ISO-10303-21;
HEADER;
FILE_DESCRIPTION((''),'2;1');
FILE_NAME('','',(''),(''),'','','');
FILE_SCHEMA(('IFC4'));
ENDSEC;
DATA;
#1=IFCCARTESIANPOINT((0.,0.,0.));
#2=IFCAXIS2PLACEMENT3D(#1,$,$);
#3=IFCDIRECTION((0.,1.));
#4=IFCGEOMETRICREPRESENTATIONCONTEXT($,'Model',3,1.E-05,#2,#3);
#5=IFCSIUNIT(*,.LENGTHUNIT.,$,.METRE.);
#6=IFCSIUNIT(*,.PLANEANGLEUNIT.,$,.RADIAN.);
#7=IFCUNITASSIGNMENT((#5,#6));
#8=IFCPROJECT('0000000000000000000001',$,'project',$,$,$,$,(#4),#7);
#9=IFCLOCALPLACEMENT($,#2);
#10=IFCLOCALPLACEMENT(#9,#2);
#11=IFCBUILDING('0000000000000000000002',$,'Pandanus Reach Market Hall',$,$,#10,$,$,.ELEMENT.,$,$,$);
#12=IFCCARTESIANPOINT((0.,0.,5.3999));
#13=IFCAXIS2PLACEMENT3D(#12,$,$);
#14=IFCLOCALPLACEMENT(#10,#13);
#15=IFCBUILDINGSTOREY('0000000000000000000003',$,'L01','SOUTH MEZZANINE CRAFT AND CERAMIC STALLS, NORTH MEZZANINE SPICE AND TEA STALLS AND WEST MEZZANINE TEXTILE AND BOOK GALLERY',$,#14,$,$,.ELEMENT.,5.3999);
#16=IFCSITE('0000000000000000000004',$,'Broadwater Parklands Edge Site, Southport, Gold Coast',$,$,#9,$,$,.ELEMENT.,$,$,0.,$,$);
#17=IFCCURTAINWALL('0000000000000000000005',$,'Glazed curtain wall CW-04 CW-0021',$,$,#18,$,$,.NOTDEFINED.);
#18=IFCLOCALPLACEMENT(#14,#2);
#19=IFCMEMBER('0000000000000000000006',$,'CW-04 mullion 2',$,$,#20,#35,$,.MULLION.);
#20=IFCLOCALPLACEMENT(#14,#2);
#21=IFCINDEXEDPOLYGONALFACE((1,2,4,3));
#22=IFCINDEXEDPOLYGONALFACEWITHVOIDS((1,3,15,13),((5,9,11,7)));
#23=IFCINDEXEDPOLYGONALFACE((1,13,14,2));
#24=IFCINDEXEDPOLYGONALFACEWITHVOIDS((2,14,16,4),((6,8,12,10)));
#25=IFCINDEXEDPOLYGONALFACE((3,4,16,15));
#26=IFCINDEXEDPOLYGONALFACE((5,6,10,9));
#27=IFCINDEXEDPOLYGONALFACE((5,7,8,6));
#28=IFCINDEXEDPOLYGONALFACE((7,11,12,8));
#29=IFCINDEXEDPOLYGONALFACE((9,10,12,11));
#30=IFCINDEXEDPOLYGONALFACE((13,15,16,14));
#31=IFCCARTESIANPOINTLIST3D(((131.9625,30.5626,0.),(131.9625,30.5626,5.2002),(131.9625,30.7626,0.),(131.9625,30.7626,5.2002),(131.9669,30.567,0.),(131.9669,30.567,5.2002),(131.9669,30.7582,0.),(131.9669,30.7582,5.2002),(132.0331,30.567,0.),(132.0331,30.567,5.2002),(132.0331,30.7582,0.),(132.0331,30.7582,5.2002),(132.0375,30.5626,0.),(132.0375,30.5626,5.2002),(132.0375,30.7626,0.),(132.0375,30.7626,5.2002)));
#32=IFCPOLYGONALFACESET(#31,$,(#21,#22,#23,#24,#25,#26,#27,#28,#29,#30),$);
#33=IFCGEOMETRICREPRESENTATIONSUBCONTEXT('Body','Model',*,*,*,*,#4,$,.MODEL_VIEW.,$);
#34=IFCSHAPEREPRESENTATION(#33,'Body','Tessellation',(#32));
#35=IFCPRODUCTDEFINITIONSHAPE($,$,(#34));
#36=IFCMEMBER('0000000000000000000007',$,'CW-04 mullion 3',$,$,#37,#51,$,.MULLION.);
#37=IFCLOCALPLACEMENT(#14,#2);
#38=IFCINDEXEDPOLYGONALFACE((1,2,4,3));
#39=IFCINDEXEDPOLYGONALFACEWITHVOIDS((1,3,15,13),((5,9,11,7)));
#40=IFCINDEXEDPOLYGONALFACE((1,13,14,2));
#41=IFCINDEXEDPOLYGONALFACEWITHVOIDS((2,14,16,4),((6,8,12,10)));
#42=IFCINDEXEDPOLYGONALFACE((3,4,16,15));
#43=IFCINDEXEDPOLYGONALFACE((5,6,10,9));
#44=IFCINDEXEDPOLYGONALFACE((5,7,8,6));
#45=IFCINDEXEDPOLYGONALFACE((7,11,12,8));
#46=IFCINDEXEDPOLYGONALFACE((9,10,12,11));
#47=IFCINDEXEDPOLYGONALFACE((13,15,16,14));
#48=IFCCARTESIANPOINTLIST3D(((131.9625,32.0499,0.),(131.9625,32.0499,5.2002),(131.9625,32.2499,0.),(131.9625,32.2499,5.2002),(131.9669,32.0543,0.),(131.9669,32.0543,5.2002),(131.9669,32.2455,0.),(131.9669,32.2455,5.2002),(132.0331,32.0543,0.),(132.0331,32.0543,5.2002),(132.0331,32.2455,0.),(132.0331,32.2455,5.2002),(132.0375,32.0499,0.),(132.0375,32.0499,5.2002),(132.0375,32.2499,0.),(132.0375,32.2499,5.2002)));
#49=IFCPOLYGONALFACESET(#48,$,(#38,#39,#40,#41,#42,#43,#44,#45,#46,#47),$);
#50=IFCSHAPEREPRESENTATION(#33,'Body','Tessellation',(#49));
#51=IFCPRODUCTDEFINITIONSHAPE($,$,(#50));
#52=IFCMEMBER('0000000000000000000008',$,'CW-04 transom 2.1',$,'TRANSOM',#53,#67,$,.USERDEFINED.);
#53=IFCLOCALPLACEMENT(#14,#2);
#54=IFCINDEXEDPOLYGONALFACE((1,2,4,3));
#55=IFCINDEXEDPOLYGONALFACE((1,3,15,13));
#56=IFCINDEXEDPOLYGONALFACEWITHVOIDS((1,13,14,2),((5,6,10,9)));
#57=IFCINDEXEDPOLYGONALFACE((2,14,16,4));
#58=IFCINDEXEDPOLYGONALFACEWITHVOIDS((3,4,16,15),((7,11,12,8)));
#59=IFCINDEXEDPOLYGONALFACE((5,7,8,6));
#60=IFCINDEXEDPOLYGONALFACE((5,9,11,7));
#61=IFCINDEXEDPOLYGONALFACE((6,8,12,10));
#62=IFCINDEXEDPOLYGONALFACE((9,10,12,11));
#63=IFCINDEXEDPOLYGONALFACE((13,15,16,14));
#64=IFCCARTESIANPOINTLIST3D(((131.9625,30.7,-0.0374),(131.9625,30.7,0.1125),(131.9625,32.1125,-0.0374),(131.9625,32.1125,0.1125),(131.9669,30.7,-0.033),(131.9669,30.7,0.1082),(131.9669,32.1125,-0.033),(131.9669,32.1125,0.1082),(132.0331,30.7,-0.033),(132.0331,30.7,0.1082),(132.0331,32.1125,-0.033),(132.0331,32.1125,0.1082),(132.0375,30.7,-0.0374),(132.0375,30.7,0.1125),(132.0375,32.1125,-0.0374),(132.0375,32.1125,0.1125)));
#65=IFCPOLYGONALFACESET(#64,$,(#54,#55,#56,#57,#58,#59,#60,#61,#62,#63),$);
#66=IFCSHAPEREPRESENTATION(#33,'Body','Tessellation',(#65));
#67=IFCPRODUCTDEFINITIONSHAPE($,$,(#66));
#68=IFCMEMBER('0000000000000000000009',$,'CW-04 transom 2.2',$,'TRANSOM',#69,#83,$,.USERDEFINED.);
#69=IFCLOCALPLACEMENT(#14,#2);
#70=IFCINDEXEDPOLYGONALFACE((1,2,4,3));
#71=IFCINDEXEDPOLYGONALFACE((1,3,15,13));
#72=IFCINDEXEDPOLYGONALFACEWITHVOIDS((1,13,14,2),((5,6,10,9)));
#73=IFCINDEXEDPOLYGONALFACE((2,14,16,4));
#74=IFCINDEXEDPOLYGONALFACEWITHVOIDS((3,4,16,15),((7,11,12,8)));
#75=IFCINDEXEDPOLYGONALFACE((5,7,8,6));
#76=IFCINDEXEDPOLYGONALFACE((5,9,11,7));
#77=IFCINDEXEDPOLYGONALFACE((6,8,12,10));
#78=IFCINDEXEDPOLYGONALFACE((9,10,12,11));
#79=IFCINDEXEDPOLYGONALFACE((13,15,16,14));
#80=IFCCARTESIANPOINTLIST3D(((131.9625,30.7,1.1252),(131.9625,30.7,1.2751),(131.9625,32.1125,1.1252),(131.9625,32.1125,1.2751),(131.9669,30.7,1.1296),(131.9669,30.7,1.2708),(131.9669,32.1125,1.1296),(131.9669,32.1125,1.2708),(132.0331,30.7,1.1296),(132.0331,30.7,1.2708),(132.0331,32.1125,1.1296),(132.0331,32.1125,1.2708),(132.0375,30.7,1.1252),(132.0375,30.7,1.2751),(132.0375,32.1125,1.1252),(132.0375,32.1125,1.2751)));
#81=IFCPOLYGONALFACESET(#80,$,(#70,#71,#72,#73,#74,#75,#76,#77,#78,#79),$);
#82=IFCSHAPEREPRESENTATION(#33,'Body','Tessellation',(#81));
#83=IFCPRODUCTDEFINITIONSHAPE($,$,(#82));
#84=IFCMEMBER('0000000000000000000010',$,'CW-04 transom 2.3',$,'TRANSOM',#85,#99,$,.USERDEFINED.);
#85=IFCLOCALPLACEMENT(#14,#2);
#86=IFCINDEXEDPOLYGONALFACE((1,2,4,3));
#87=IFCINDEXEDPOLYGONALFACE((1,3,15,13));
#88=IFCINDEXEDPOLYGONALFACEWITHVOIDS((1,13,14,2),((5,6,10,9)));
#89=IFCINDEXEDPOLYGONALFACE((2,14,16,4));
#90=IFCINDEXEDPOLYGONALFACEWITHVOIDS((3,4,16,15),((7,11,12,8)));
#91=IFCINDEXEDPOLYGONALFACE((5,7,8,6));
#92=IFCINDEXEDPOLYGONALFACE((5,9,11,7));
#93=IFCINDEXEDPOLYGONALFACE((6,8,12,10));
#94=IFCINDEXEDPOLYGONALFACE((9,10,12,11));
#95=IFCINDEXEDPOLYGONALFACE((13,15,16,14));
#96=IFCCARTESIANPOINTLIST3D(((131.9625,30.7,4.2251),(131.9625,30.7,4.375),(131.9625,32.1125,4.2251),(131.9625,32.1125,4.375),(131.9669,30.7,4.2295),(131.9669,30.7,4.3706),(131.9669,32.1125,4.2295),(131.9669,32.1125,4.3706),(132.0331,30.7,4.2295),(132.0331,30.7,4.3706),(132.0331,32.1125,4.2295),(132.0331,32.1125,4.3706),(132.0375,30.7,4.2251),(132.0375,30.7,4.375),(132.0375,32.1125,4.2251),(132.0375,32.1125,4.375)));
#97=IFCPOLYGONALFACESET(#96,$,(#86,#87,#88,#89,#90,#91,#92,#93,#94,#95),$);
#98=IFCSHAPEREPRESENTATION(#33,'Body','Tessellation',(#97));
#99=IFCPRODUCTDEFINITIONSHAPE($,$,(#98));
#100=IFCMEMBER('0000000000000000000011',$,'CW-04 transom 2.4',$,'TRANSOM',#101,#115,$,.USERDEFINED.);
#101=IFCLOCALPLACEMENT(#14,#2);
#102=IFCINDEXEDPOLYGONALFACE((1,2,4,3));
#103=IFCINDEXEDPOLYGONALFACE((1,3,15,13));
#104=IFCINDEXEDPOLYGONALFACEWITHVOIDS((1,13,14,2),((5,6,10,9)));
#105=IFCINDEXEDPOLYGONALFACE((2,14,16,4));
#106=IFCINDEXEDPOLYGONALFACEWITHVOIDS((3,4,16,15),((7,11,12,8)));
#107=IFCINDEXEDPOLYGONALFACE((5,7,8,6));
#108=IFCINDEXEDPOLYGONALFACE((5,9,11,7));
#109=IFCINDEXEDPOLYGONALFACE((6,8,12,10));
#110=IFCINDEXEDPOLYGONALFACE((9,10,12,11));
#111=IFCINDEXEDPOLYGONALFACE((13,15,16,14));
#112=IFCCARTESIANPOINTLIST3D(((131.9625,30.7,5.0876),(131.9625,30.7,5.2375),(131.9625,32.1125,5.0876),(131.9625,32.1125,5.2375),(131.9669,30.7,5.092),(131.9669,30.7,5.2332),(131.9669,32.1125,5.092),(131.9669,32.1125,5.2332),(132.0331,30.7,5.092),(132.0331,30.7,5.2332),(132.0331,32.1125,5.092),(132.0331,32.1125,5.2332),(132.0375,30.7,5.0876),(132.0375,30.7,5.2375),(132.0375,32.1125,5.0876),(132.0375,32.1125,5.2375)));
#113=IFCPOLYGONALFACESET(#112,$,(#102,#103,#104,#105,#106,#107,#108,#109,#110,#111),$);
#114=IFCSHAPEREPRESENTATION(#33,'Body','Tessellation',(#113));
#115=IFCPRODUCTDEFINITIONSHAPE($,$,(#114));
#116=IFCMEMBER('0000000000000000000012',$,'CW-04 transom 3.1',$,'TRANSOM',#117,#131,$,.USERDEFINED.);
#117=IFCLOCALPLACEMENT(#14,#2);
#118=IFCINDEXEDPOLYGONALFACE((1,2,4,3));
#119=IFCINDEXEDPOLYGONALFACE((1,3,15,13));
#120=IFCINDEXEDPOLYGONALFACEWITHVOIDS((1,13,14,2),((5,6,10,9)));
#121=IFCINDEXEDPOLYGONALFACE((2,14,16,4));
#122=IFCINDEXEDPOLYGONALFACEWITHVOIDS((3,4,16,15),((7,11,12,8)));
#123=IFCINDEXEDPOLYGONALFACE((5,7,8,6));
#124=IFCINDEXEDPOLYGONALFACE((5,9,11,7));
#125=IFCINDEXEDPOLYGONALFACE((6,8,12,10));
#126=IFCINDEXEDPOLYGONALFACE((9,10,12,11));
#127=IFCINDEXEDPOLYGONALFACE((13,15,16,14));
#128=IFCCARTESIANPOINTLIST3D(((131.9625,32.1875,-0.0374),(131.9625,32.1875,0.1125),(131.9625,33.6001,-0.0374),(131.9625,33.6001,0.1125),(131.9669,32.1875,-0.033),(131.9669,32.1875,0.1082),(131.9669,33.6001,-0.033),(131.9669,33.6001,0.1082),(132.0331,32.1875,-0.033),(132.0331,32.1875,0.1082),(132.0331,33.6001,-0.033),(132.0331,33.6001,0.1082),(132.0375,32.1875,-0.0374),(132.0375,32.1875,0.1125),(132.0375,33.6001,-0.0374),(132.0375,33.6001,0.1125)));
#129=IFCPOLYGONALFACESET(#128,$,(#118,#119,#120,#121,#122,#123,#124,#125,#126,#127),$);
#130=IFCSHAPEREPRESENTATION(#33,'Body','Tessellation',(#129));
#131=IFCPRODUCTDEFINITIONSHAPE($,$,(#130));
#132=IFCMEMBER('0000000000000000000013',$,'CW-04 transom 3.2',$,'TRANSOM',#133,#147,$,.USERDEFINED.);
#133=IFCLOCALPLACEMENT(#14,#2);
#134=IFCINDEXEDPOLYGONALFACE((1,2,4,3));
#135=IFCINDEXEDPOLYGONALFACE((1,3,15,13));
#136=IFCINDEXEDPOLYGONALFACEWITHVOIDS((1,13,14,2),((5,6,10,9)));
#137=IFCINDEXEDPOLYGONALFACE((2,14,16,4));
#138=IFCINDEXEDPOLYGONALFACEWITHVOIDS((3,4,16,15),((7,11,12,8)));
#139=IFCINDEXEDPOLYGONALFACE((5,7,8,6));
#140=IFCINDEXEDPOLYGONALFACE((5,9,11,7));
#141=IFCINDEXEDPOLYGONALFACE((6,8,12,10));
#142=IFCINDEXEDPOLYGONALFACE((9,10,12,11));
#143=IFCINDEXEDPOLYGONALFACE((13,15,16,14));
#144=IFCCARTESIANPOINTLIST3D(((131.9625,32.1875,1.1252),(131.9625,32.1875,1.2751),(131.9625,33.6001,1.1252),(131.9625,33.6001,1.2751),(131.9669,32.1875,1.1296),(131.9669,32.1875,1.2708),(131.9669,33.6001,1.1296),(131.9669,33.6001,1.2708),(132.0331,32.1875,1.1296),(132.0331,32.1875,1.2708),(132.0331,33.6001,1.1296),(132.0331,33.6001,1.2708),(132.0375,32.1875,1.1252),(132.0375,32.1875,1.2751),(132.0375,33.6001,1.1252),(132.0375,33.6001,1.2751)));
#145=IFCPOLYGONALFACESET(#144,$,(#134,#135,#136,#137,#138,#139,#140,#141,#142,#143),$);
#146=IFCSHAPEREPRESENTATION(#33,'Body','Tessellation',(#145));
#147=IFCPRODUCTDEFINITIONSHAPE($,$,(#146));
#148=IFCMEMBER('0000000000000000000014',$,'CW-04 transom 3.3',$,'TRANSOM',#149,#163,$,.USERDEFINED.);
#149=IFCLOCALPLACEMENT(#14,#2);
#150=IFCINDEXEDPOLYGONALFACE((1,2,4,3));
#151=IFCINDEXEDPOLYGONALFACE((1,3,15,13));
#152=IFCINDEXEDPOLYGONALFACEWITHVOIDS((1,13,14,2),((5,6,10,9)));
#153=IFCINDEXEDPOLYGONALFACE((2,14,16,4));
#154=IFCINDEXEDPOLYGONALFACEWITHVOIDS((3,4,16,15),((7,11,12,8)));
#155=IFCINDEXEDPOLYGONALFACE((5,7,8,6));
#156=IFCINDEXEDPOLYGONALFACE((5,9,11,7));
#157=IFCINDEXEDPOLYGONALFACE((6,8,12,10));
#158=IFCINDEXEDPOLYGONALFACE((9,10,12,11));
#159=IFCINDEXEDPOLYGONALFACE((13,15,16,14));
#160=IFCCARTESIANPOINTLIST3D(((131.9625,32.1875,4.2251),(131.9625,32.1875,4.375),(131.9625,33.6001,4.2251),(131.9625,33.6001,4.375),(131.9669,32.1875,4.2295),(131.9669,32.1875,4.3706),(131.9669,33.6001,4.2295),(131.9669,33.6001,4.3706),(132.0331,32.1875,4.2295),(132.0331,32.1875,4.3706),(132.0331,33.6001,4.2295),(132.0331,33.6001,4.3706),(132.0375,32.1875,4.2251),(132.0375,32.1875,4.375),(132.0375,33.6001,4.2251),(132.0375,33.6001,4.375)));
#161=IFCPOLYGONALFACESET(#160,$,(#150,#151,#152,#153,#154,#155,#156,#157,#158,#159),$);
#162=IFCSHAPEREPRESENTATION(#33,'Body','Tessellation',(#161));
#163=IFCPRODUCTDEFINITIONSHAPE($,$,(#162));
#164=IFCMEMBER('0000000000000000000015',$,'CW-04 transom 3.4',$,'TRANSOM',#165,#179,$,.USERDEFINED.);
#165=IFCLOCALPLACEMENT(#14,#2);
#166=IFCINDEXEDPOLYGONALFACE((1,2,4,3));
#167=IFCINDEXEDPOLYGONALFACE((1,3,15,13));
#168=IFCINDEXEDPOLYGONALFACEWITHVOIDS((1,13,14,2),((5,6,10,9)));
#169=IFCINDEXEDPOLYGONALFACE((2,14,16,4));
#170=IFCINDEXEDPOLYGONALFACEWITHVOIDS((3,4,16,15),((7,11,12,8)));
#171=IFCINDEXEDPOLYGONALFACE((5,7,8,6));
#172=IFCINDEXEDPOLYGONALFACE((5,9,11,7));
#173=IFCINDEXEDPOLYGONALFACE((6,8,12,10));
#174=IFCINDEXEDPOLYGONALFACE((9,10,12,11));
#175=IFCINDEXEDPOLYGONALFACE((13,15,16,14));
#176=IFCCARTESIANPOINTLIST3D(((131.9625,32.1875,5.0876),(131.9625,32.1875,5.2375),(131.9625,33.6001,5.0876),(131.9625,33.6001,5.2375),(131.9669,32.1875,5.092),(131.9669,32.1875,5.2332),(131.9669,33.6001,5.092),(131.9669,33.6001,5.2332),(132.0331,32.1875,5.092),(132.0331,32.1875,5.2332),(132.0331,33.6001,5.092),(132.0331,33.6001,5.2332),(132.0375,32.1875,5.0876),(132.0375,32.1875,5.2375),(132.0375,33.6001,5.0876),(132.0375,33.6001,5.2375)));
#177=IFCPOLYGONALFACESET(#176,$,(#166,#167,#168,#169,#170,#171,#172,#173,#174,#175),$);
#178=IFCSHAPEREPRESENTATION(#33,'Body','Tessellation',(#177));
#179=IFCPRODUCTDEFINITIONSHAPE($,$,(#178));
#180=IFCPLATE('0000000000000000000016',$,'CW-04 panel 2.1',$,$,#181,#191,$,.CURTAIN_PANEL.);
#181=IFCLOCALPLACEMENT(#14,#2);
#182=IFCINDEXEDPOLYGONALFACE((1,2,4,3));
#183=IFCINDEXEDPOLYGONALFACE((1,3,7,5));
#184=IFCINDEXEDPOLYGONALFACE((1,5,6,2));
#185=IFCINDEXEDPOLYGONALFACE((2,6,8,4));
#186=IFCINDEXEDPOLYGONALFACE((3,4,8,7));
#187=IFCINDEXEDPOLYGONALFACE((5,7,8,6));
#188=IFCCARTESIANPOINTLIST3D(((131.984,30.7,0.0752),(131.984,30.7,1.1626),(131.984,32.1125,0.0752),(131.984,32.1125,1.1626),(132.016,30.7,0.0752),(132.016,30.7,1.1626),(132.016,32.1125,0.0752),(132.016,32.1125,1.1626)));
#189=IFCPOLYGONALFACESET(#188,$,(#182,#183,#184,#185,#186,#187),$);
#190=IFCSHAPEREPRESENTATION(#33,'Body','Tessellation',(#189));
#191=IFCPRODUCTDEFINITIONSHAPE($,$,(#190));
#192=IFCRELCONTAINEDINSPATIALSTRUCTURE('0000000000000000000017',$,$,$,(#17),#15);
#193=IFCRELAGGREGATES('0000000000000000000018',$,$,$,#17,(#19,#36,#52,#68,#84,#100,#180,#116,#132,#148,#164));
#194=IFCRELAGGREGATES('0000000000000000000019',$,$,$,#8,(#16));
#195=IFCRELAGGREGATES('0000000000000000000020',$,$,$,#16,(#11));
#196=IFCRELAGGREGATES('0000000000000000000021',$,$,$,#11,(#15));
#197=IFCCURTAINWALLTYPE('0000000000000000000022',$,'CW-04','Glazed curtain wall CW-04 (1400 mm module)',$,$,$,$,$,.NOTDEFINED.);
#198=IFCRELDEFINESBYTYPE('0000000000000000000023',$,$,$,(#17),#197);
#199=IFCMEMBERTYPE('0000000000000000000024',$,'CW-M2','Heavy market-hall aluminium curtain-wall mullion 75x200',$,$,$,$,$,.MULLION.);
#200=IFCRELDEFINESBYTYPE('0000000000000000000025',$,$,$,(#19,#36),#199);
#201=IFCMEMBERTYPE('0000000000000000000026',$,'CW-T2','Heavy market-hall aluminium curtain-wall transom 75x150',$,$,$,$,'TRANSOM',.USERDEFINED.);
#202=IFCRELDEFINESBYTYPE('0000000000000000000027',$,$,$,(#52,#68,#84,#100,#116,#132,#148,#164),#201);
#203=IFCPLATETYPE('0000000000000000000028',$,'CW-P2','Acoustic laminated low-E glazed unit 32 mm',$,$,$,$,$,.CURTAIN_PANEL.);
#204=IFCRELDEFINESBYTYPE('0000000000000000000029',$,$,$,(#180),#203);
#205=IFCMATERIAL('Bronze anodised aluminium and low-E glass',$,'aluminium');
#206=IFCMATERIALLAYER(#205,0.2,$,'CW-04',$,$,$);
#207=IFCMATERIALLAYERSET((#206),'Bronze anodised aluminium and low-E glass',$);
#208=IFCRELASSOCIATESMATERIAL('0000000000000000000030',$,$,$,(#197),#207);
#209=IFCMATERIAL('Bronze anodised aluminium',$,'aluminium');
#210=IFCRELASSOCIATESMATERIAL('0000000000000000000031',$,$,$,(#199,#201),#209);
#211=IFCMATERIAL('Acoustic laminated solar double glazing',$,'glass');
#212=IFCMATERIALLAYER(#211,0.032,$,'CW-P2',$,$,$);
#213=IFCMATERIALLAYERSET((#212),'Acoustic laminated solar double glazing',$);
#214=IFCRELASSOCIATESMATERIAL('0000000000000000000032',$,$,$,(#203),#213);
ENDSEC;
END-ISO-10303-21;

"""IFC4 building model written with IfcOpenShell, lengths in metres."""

from ifc_helpers import new_model, si_unit, direction, frame, origin, origin_2d, place, context, subcontext, project, spatial, rectangle, hollow_rectangle, extrude, material, layer, layer_set, material_profile, profile_set, type_object, element, aggregate, save


model = new_model("IFC4")

# Units and contexts
model_context = context("Model", 3, precision=1e-05, world=origin(), true_north=direction((0.0, 1.0)))
body_context = subcontext(model_context, "Body", "Model", "MODEL_VIEW")
ifc_project = project(units=[si_unit("LENGTHUNIT", "METRE"), si_unit("PLANEANGLEUNIT", "RADIAN")], contexts=[model_context])

# Site, building, storey
site_placement = place(None, origin())
site = spatial("IfcSite", under=ifc_project, at=site_placement, Name="Broadwater Parklands Edge Site, Southport, Gold Coast", CompositionType="ELEMENT", RefElevation=0.0)
building_placement = place(site_placement, origin())
building = spatial("IfcBuilding", under=site, at=building_placement, Name="Pandanus Reach Market Hall", CompositionType="ELEMENT")
storey_placement = place(building_placement, frame((0.0, 0.0, 5.3999)))
storey = spatial("IfcBuildingStorey", under=building, at=storey_placement, Name="L01", Description="SOUTH MEZZANINE CRAFT AND CERAMIC STALLS, NORTH MEZZANINE SPICE AND TEA STALLS AND WEST MEZZANINE TEXTILE AND BOOK GALLERY", CompositionType="ELEMENT", Elevation=5.3999)

# Curtain wall, members, plate
ifc_material_1 = material(Name="Bronze anodised aluminium and low-E glass", Category="aluminium")
ifc_layer_1 = layer(ifc_material_1, 0.2, Name="CW-04")
ifc_layer_set_1 = layer_set([ifc_layer_1], Name="Bronze anodised aluminium and low-E glass")
curtain_wall_type = type_object("IfcCurtainWallType", Name="CW-04", Description="Glazed curtain wall CW-04 (1400 mm module)", PredefinedType="NOTDEFINED", material=ifc_layer_set_1)
curtain_wall_placement = place(storey_placement, origin())
curtain_wall = element("IfcCurtainWall", 1, at=curtain_wall_placement, inside=storey, type_object=curtain_wall_type, Name="Glazed curtain wall CW-04 CW-0021", PredefinedType="NOTDEFINED")
ifc_material_2 = material(Name="Bronze anodised aluminium", Category="aluminium")
ifc_material_profile_1 = material_profile(ifc_material_2, hollow_rectangle(XDim=0.075, YDim=0.2, WallThickness=0.0044, at=origin_2d()), Name="ALU75x200", Category="LoadBearing")
ifc_profile_set_1 = profile_set([ifc_material_profile_1], Name="Bronze anodised aluminium")
member_type_1 = type_object("IfcMemberType", Name="CW-M2", Description="Heavy market-hall aluminium curtain-wall mullion 75x200", PredefinedType="MULLION", material=ifc_profile_set_1)
member_1_placement = place(storey_placement, frame((132.0, 30.6626, 0.0), z_axis=(0.0, 0.0, 1.0), x_axis=(-1.0, 0.0, 0.0)))
member_1 = element("IfcMember", 2, at=member_1_placement, type_object=member_type_1, Name="CW-04 mullion 2", PredefinedType="MULLION", context=body_context, shape_type="SweptSolid", body=[
    extrude(hollow_rectangle(XDim=0.075, YDim=0.2, WallThickness=0.0044, at=origin_2d()), origin(), (0.0, 0.0, 1.0), 5.2002),
])
member_2_placement = place(storey_placement, frame((132.0, 32.1499, 0.0), z_axis=(0.0, 0.0, 1.0), x_axis=(-1.0, 0.0, 0.0)))
member_2 = element("IfcMember", 3, at=member_2_placement, type_object=member_type_1, Name="CW-04 mullion 3", PredefinedType="MULLION", context=body_context, shape_type="SweptSolid", body=[
    extrude(hollow_rectangle(XDim=0.075, YDim=0.2, WallThickness=0.0044, at=origin_2d()), origin(), (0.0, 0.0, 1.0), 5.2002),
])
ifc_material_profile_2 = material_profile(ifc_material_2, hollow_rectangle(XDim=0.075, YDim=0.1499, WallThickness=0.0044, at=origin_2d()), Name="ALU75x150", Category="LoadBearing")
ifc_profile_set_2 = profile_set([ifc_material_profile_2], Name="Bronze anodised aluminium")
member_type_2 = type_object("IfcMemberType", Name="CW-T2", Description="Heavy market-hall aluminium curtain-wall transom 75x150", ElementType="TRANSOM", PredefinedType="USERDEFINED", material=ifc_profile_set_2)
member_3_placement = place(storey_placement, frame((132.0, 30.7, 0.0376), z_axis=(0.0, 1.0, 0.0), x_axis=(-1.0, 0.0, 0.0)))
member_3 = element("IfcMember", 4, at=member_3_placement, type_object=member_type_2, Name="CW-04 transom 2.1", ObjectType="TRANSOM", PredefinedType="USERDEFINED", context=body_context, shape_type="SweptSolid", body=[
    extrude(hollow_rectangle(XDim=0.075, YDim=0.1499, WallThickness=0.0044, at=origin_2d()), origin(), (0.0, 0.0, 1.0), 1.4126),
])
member_4_placement = place(storey_placement, frame((132.0, 30.7, 1.2002), z_axis=(0.0, 1.0, 0.0), x_axis=(-1.0, 0.0, 0.0)))
member_4 = element("IfcMember", 5, at=member_4_placement, type_object=member_type_2, Name="CW-04 transom 2.2", ObjectType="TRANSOM", PredefinedType="USERDEFINED", context=body_context, shape_type="SweptSolid", body=[
    extrude(hollow_rectangle(XDim=0.075, YDim=0.1499, WallThickness=0.0044, at=origin_2d()), origin(), (0.0, 0.0, 1.0), 1.4126),
])
member_5_placement = place(storey_placement, frame((132.0, 30.7, 4.3), z_axis=(0.0, 1.0, 0.0), x_axis=(-1.0, 0.0, 0.0)))
member_5 = element("IfcMember", 6, at=member_5_placement, type_object=member_type_2, Name="CW-04 transom 2.3", ObjectType="TRANSOM", PredefinedType="USERDEFINED", context=body_context, shape_type="SweptSolid", body=[
    extrude(hollow_rectangle(XDim=0.075, YDim=0.1499, WallThickness=0.0044, at=origin_2d()), origin(), (0.0, 0.0, 1.0), 1.4126),
])
member_6_placement = place(storey_placement, frame((132.0, 30.7, 5.1626), z_axis=(0.0, 1.0, 0.0), x_axis=(-1.0, 0.0, 0.0)))
member_6 = element("IfcMember", 7, at=member_6_placement, type_object=member_type_2, Name="CW-04 transom 2.4", ObjectType="TRANSOM", PredefinedType="USERDEFINED", context=body_context, shape_type="SweptSolid", body=[
    extrude(hollow_rectangle(XDim=0.075, YDim=0.1499, WallThickness=0.0044, at=origin_2d()), origin(), (0.0, 0.0, 1.0), 1.4126),
])
member_7_placement = place(storey_placement, frame((132.0, 32.1875, 0.0376), z_axis=(0.0, 1.0, 0.0), x_axis=(-1.0, 0.0, 0.0)))
member_7 = element("IfcMember", 8, at=member_7_placement, type_object=member_type_2, Name="CW-04 transom 3.1", ObjectType="TRANSOM", PredefinedType="USERDEFINED", context=body_context, shape_type="SweptSolid", body=[
    extrude(hollow_rectangle(XDim=0.075, YDim=0.1499, WallThickness=0.0044, at=origin_2d()), origin(), (0.0, 0.0, 1.0), 1.4126),
])
member_8_placement = place(storey_placement, frame((132.0, 32.1875, 1.2002), z_axis=(0.0, 1.0, 0.0), x_axis=(-1.0, 0.0, 0.0)))
member_8 = element("IfcMember", 9, at=member_8_placement, type_object=member_type_2, Name="CW-04 transom 3.2", ObjectType="TRANSOM", PredefinedType="USERDEFINED", context=body_context, shape_type="SweptSolid", body=[
    extrude(hollow_rectangle(XDim=0.075, YDim=0.1499, WallThickness=0.0044, at=origin_2d()), origin(), (0.0, 0.0, 1.0), 1.4126),
])
member_9_placement = place(storey_placement, frame((132.0, 32.1875, 4.3), z_axis=(0.0, 1.0, 0.0), x_axis=(-1.0, 0.0, 0.0)))
member_9 = element("IfcMember", 10, at=member_9_placement, type_object=member_type_2, Name="CW-04 transom 3.3", ObjectType="TRANSOM", PredefinedType="USERDEFINED", context=body_context, shape_type="SweptSolid", body=[
    extrude(hollow_rectangle(XDim=0.075, YDim=0.1499, WallThickness=0.0044, at=origin_2d()), origin(), (0.0, 0.0, 1.0), 1.4126),
])
member_10_placement = place(storey_placement, frame((132.0, 32.1875, 5.1626), z_axis=(0.0, 1.0, 0.0), x_axis=(-1.0, 0.0, 0.0)))
member_10 = element("IfcMember", 11, at=member_10_placement, type_object=member_type_2, Name="CW-04 transom 3.4", ObjectType="TRANSOM", PredefinedType="USERDEFINED", context=body_context, shape_type="SweptSolid", body=[
    extrude(hollow_rectangle(XDim=0.075, YDim=0.1499, WallThickness=0.0044, at=origin_2d()), origin(), (0.0, 0.0, 1.0), 1.4126),
])
ifc_material_3 = material(Name="Acoustic laminated solar double glazing", Category="glass")
ifc_layer_2 = layer(ifc_material_3, 0.032, Name="CW-P2")
ifc_layer_set_2 = layer_set([ifc_layer_2], Name="Acoustic laminated solar double glazing")
plate_type = type_object("IfcPlateType", Name="CW-P2", Description="Acoustic laminated low-E glazed unit 32 mm", PredefinedType="CURTAIN_PANEL", material=ifc_layer_set_2)
plate_1_placement = place(storey_placement, frame((132.0, 31.4062, 0.0752), z_axis=(0.0, 0.0, 1.0), x_axis=(0.0, 1.0, 0.0)))
plate_1 = element("IfcPlate", 12, at=plate_1_placement, type_object=plate_type, Name="CW-04 panel 2.1", PredefinedType="CURTAIN_PANEL", context=body_context, shape_type="SweptSolid", body=[
    extrude(rectangle(XDim=1.4126, YDim=0.032, at=origin_2d()), origin(), (0.0, 0.0, 1.0), 1.0874),
])
aggregate(curtain_wall, [member_1, member_2, member_3, member_4, member_5, member_6, plate_1, member_7, member_8, member_9, member_10])

save(model, "model.ifc")
